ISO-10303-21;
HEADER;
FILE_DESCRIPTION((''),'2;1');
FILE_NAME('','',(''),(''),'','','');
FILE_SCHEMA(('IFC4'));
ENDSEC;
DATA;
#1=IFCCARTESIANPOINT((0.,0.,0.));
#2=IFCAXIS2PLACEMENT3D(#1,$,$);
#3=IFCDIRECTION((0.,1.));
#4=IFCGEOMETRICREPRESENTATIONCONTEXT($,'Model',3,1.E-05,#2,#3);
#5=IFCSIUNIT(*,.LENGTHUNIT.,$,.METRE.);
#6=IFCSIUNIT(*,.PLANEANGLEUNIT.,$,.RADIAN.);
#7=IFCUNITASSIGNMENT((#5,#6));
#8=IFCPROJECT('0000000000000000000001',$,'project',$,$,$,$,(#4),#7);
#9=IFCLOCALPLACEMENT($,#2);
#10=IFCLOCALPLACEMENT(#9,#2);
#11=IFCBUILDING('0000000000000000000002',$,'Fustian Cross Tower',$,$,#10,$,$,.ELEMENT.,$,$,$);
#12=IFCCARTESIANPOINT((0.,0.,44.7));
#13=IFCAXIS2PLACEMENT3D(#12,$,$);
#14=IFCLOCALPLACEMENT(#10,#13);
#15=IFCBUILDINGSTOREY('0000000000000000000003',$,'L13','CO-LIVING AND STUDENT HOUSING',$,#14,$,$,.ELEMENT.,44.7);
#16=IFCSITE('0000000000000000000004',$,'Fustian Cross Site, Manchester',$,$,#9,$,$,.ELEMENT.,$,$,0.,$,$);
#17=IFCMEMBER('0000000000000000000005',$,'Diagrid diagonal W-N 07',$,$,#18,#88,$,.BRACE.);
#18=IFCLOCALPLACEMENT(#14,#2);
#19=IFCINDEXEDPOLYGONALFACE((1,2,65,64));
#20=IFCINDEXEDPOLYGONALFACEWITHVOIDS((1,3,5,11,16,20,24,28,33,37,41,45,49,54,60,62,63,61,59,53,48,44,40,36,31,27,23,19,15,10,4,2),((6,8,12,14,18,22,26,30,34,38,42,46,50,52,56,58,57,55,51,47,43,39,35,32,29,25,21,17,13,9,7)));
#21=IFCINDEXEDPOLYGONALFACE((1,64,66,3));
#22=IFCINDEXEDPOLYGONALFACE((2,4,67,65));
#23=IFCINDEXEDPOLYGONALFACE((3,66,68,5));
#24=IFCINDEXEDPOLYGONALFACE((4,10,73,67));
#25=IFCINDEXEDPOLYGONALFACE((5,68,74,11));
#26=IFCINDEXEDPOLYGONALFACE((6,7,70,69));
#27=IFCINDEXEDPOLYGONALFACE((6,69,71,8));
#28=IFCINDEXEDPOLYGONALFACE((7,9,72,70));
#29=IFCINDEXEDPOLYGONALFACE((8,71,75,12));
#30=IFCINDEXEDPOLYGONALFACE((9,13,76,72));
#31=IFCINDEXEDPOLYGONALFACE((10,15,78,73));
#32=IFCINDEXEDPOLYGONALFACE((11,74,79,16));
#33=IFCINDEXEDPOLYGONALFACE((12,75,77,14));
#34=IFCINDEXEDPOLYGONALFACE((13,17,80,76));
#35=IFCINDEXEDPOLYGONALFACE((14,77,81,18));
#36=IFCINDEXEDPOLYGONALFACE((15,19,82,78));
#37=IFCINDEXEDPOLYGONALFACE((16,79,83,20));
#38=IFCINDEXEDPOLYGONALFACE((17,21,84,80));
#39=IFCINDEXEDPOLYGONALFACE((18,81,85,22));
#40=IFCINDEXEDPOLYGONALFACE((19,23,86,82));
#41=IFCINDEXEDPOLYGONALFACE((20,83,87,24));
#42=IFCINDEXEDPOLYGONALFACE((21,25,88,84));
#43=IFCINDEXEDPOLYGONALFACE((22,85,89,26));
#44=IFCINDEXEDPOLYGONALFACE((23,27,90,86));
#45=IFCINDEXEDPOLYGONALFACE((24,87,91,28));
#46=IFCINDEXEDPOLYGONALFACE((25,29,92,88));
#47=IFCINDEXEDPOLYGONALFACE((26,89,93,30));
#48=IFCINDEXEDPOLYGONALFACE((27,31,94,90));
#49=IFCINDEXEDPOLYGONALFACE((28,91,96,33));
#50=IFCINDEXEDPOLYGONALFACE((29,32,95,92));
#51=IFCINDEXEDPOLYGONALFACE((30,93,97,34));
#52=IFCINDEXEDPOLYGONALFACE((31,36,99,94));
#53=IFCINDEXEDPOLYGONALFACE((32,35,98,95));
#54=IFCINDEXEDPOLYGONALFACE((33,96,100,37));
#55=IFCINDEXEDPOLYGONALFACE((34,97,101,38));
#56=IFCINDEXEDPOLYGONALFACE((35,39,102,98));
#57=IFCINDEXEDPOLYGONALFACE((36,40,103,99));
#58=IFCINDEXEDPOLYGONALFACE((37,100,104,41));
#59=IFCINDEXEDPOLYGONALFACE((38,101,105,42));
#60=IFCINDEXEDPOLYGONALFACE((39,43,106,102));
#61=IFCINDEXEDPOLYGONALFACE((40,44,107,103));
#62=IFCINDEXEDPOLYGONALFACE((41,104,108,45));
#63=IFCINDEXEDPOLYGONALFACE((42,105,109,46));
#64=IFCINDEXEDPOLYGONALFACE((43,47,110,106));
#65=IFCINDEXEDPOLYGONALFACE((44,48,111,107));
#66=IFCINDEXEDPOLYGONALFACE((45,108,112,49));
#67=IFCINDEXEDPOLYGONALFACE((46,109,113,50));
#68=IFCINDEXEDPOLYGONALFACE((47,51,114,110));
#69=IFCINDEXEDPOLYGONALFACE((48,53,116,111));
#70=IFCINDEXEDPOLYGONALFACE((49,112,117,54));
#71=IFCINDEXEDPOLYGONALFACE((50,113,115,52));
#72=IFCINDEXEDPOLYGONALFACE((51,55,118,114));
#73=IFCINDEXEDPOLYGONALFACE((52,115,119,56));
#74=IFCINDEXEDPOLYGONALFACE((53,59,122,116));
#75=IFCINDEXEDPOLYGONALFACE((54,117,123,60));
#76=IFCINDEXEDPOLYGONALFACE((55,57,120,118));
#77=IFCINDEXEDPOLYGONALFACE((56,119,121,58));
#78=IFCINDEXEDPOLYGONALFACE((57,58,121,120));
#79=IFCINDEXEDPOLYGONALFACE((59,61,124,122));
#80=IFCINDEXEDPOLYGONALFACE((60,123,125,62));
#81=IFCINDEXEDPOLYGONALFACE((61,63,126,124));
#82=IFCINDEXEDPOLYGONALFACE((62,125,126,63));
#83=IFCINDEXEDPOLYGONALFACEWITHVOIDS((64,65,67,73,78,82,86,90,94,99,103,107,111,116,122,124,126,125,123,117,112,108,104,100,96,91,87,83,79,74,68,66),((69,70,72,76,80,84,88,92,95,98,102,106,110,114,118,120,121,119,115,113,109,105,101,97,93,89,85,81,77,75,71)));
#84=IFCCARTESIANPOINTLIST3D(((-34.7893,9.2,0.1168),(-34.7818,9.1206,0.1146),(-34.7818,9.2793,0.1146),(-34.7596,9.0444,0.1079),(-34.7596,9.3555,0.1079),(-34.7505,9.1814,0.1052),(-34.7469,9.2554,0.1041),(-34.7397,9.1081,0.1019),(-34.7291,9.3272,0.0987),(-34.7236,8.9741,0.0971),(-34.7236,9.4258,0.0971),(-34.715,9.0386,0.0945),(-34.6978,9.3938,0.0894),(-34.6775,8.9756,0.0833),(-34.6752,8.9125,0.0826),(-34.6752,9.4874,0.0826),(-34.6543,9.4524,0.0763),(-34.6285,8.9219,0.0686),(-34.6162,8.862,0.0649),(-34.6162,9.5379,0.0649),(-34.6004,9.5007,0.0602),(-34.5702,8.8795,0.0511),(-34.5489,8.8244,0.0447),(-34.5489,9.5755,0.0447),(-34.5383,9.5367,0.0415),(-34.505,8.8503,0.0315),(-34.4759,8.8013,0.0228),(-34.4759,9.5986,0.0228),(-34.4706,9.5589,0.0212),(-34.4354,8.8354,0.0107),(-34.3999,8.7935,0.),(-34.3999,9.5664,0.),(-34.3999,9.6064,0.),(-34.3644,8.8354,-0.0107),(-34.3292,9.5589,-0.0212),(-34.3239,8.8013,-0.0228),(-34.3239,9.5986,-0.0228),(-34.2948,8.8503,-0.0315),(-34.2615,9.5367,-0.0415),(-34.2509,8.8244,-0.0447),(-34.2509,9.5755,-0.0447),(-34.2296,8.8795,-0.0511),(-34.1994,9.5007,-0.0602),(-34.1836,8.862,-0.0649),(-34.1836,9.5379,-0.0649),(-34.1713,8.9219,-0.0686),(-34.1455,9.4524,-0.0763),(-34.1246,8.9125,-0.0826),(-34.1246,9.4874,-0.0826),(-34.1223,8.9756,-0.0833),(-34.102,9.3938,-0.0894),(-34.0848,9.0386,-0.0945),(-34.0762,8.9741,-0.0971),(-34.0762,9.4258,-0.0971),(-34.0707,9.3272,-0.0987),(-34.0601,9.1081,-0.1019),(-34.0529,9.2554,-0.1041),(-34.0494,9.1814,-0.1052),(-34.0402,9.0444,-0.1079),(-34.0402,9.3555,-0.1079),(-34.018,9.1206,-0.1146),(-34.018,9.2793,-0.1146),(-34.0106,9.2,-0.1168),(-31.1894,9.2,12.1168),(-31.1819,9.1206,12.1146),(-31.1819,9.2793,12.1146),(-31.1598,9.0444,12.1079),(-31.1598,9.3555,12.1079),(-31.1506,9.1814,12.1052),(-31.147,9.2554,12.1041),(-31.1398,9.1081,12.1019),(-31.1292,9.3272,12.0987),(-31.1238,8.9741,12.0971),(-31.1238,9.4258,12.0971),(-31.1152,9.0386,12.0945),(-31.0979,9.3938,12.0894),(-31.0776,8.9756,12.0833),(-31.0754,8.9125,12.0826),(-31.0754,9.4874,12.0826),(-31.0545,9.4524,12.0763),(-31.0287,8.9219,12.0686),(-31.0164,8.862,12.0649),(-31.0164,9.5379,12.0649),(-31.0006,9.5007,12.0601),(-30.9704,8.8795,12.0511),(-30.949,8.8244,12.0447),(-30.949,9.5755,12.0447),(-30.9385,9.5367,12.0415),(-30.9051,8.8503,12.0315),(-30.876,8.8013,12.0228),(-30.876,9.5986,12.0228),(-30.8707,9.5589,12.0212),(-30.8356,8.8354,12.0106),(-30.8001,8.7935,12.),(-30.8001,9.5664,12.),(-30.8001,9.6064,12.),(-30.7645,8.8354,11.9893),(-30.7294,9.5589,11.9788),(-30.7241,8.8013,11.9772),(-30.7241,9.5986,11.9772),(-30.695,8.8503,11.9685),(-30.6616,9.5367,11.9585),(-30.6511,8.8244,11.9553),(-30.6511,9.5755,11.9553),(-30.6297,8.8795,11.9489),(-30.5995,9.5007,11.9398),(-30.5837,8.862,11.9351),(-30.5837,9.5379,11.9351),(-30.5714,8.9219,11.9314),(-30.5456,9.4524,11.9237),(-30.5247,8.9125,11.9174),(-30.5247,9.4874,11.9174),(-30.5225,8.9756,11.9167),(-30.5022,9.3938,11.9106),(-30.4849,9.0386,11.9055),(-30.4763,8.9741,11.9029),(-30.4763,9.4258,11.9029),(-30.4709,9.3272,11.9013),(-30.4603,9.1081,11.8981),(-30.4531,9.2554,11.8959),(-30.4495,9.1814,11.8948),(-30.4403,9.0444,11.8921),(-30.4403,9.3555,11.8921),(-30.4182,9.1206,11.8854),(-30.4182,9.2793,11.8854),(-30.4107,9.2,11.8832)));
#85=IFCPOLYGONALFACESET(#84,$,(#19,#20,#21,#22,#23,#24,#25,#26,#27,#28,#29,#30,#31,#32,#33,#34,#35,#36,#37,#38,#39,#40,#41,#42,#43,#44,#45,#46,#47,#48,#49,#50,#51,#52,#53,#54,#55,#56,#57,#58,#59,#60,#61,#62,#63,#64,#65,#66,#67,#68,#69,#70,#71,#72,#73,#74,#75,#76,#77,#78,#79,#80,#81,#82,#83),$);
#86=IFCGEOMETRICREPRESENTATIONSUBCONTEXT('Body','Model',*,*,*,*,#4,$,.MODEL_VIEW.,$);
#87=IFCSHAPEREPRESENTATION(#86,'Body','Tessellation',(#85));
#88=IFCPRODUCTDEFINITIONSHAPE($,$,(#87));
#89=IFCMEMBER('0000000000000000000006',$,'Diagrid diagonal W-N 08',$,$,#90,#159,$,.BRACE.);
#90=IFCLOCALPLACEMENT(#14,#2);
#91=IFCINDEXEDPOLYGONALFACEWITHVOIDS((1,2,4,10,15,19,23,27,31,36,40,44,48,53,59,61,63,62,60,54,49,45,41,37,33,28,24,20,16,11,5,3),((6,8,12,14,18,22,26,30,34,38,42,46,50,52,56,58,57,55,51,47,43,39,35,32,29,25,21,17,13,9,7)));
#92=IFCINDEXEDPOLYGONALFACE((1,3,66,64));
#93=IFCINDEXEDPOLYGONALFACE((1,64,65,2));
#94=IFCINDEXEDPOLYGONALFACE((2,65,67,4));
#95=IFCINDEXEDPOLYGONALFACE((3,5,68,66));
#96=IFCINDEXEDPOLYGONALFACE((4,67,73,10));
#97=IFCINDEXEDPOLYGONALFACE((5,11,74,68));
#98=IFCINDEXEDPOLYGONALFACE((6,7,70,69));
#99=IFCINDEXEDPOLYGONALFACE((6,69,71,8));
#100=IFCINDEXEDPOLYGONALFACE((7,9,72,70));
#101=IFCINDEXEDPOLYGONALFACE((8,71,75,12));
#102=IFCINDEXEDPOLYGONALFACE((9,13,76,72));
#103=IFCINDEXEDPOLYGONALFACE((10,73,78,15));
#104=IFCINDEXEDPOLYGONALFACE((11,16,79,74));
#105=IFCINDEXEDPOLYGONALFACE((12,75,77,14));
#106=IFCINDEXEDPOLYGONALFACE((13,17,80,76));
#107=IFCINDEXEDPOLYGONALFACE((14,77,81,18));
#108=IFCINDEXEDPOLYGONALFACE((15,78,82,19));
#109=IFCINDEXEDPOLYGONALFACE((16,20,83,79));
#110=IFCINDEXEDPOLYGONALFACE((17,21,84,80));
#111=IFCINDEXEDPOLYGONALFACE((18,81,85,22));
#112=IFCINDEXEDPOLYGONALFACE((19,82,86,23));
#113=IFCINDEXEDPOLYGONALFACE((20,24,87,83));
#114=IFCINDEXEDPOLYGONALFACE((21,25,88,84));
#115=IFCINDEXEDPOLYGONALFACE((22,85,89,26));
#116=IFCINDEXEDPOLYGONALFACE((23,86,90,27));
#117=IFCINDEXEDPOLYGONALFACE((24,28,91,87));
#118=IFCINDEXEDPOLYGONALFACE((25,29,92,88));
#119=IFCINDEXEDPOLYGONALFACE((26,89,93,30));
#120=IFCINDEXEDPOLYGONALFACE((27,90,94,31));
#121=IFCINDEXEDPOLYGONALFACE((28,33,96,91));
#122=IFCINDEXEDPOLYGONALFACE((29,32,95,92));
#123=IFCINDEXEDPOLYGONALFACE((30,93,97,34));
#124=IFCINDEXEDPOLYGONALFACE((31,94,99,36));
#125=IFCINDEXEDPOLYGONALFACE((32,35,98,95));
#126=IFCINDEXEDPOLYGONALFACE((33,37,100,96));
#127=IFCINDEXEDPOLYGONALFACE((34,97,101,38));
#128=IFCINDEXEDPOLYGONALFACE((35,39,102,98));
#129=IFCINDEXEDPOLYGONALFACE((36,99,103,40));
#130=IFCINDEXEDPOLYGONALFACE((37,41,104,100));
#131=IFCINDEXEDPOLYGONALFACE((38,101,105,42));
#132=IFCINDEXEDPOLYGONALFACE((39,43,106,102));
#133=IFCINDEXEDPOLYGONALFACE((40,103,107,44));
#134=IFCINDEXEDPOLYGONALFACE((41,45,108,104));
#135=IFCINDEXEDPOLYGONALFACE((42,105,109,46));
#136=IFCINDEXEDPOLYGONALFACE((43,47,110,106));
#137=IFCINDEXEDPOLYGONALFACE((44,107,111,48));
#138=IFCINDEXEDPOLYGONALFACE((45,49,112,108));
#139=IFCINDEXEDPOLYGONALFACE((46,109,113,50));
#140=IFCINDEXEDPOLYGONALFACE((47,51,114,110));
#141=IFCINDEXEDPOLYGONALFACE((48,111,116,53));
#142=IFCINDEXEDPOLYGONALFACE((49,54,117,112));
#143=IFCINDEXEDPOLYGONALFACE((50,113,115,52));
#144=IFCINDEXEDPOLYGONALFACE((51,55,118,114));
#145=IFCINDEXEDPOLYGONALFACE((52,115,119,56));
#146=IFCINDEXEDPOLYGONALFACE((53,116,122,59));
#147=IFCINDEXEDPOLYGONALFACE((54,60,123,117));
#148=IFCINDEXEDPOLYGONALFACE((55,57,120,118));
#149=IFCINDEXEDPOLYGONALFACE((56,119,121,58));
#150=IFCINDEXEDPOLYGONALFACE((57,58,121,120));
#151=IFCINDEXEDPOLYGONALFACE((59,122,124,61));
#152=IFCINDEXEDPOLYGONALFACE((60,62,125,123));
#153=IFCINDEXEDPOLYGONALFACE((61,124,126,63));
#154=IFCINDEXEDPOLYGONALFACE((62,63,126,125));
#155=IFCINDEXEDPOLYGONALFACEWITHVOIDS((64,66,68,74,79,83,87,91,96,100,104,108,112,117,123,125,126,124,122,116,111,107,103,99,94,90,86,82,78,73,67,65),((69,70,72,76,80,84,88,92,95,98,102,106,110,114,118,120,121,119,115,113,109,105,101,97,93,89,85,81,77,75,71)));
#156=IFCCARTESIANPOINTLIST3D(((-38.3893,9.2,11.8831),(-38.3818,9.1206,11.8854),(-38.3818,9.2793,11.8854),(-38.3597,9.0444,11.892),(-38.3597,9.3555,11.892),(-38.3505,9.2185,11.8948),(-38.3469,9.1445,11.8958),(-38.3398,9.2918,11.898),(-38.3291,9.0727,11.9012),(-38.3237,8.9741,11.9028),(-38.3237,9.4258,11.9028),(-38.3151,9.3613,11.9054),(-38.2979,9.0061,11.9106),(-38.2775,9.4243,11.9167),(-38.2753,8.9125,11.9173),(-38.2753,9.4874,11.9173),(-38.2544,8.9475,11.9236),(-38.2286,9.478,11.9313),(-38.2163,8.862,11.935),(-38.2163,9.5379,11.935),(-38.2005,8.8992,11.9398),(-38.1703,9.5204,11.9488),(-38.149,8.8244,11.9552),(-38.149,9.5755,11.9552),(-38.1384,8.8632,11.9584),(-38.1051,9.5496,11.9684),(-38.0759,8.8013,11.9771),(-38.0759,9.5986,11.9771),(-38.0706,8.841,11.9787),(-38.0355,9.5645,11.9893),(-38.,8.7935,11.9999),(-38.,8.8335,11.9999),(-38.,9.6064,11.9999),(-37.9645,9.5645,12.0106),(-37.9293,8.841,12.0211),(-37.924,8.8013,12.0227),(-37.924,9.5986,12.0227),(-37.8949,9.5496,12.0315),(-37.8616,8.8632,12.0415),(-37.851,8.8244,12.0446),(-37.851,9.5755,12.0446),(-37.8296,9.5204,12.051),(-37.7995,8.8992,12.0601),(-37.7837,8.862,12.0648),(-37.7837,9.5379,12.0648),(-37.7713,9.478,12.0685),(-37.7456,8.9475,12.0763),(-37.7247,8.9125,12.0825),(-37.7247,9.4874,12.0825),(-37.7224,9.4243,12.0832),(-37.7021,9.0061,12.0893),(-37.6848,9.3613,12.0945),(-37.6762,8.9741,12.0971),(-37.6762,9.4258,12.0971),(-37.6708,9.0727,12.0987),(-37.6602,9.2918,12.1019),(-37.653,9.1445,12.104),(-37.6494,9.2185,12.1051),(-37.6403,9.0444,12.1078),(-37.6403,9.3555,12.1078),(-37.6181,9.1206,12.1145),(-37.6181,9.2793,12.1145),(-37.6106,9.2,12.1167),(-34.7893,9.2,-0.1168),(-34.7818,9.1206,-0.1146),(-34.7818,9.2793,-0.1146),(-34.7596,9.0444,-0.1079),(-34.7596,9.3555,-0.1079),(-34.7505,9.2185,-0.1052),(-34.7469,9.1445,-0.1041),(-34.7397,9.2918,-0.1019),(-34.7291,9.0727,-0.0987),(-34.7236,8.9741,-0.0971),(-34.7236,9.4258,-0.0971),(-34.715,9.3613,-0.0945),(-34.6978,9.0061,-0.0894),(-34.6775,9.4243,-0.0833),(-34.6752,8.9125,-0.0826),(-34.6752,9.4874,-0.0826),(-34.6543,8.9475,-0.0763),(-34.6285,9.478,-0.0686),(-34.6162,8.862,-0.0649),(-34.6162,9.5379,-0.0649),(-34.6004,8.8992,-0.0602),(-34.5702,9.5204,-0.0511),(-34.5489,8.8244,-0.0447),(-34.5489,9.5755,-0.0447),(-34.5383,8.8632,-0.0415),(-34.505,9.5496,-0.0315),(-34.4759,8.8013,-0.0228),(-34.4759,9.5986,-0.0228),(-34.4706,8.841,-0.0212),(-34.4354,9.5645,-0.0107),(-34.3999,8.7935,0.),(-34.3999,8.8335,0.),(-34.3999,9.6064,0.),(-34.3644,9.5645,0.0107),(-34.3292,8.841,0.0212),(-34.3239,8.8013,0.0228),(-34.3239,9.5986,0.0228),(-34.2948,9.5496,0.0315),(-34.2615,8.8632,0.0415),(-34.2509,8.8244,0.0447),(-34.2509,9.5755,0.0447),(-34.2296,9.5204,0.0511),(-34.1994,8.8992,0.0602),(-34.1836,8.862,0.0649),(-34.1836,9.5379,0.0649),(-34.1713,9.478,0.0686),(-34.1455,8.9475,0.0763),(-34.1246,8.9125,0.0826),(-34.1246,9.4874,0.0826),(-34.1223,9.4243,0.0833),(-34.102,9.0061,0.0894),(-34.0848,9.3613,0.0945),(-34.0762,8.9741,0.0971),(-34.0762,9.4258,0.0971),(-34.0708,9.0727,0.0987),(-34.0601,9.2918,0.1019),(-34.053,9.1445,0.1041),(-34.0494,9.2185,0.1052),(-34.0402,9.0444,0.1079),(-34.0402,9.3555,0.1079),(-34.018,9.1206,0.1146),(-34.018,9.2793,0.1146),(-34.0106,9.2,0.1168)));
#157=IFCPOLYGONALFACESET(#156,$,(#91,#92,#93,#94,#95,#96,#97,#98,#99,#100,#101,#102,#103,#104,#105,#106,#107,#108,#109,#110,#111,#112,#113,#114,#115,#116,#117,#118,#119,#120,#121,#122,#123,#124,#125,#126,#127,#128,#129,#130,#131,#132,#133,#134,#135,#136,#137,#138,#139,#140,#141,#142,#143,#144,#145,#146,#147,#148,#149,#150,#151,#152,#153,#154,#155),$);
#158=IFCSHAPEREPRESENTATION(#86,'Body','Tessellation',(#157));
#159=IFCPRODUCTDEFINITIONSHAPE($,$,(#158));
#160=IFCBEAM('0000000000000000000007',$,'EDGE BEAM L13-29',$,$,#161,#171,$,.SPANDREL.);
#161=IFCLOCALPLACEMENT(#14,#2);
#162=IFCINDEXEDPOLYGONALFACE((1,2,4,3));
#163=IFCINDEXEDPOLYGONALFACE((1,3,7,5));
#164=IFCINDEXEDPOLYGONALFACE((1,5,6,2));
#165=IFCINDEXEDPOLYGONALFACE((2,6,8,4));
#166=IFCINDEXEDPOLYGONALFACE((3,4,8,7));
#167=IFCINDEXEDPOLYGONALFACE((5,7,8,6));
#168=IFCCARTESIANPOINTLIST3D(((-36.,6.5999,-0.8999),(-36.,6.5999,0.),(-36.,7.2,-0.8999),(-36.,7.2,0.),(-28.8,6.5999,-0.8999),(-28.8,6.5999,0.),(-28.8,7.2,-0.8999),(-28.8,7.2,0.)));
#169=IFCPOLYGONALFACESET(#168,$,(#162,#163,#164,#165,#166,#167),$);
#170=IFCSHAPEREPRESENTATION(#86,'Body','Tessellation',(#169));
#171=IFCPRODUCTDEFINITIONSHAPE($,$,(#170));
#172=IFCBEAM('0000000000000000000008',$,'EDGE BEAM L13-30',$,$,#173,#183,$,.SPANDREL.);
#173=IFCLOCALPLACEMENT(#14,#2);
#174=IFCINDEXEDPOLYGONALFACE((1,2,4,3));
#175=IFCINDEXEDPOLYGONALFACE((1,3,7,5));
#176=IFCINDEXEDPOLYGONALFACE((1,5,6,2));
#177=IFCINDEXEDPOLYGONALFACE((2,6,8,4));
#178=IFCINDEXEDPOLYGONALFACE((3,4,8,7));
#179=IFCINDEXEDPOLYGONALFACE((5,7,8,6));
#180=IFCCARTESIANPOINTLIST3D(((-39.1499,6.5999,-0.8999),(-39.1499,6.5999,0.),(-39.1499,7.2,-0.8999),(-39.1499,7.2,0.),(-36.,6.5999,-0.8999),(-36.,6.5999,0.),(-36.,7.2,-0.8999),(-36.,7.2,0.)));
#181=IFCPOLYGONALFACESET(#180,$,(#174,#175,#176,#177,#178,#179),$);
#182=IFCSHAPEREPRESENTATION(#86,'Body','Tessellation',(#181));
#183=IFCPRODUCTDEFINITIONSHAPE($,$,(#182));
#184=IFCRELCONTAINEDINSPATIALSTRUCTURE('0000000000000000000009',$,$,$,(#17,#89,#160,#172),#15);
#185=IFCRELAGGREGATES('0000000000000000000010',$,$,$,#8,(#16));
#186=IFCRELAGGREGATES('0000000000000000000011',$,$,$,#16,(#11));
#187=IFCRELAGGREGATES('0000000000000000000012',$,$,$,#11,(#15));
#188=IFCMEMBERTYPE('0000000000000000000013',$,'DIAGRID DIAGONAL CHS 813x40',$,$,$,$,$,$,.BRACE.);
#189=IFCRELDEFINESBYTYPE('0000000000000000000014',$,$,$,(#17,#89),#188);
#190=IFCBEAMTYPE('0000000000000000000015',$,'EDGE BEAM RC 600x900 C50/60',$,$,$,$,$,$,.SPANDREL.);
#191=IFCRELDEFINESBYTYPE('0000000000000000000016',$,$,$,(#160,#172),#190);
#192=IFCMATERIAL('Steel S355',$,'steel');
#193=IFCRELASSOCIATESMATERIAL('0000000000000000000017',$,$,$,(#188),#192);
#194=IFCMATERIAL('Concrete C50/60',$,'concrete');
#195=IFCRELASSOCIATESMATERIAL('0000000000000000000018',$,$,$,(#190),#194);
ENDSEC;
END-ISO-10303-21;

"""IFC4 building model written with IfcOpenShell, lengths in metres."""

from ifc_helpers import new_model, si_unit, direction, frame, origin, origin_2d, place, context, subcontext, project, spatial, rectangle, hollow_circle, extrude, material, material_profile, profile_set, type_object, element, save


model = new_model("IFC4")

# Units and contexts
model_context = context("Model", 3, precision=1e-05, world=origin(), true_north=direction((0.0, 1.0)))
body_context = subcontext(model_context, "Body", "Model", "MODEL_VIEW")
ifc_project = project(units=[si_unit("LENGTHUNIT", "METRE"), si_unit("PLANEANGLEUNIT", "RADIAN")], contexts=[model_context])

# Site, building, storey
site_placement = place(None, origin())
site = spatial("IfcSite", under=ifc_project, at=site_placement, Name="Fustian Cross Site, Manchester", CompositionType="ELEMENT", RefElevation=0.0)
building_placement = place(site_placement, origin())
building = spatial("IfcBuilding", under=site, at=building_placement, Name="Fustian Cross Tower", CompositionType="ELEMENT")
storey_placement = place(building_placement, frame((0.0, 0.0, 44.7)))
storey = spatial("IfcBuildingStorey", under=building, at=storey_placement, Name="L13", Description="CO-LIVING AND STUDENT HOUSING", CompositionType="ELEMENT", Elevation=44.7)

# Members
ifc_material_1 = material(Name="Steel S355", Category="steel")
ifc_material_profile_1 = material_profile(ifc_material_1, hollow_circle(Radius=0.4065, WallThickness=0.04, at=origin_2d()), Name="CHS 813x40")
ifc_profile_set_1 = profile_set([ifc_material_profile_1], Name="Steel S355")
member_type = type_object("IfcMemberType", Name="DIAGRID DIAGONAL CHS 813x40", PredefinedType="BRACE", material=ifc_profile_set_1)
for number, where, z_axis, x_axis, name in (
    (1, (-34.3999, 9.2, 0.0), (0.287337, 0.0, 0.95783), (0.0, 1.0, 0.0), "Diagrid diagonal W-N 07"),
    (2, (-34.3999, 9.2, 0.0), (-0.287355, 0.0, 0.957824), (0.0, -1.0, 0.0), "Diagrid diagonal W-N 08"),
):
    element("IfcMember", number, at=place(storey_placement, frame(where, z_axis=z_axis, x_axis=x_axis)), inside=storey, type_object=member_type, Name=name, PredefinedType="BRACE", context=body_context, shape_type="SweptSolid", body=[
        extrude(hollow_circle(Radius=0.4065, WallThickness=0.04, at=origin_2d()), origin(), (0.0, 0.0, 1.0), 12.5283),
    ])

# Beams
ifc_material_2 = material(Name="Concrete C50/60", Category="concrete")
ifc_material_profile_2 = material_profile(ifc_material_2, rectangle(XDim=0.6001, YDim=0.8999, at=origin_2d()), Name="RC 600x900")
ifc_profile_set_2 = profile_set([ifc_material_profile_2], Name="Concrete C50/60")
beam_type = type_object("IfcBeamType", Name="EDGE BEAM RC 600x900 C50/60", PredefinedType="SPANDREL", material=ifc_profile_set_2)
beam_1_placement = place(storey_placement, frame((-28.8, 6.8999, -0.45), z_axis=(-1.0, 0.0, 0.0), x_axis=(0.0, -1.0, 0.0)))
element("IfcBeam", 3, at=beam_1_placement, inside=storey, type_object=beam_type, Name="EDGE BEAM L13-29", PredefinedType="SPANDREL", context=body_context, shape_type="SweptSolid", body=[
    extrude(rectangle(XDim=0.6001, YDim=0.8999, at=origin_2d()), origin(), (0.0, 0.0, 1.0), 7.2),
])
beam_2_placement = place(storey_placement, frame((-36.0, 6.8999, -0.45), z_axis=(-1.0, 0.0, 0.0), x_axis=(0.0, -1.0, 0.0)))
element("IfcBeam", 4, at=beam_2_placement, inside=storey, type_object=beam_type, Name="EDGE BEAM L13-30", PredefinedType="SPANDREL", context=body_context, shape_type="SweptSolid", body=[
    extrude(rectangle(XDim=0.6001, YDim=0.8999, at=origin_2d()), origin(), (0.0, 0.0, 1.0), 3.1499),
])

save(model, "model.ifc")
